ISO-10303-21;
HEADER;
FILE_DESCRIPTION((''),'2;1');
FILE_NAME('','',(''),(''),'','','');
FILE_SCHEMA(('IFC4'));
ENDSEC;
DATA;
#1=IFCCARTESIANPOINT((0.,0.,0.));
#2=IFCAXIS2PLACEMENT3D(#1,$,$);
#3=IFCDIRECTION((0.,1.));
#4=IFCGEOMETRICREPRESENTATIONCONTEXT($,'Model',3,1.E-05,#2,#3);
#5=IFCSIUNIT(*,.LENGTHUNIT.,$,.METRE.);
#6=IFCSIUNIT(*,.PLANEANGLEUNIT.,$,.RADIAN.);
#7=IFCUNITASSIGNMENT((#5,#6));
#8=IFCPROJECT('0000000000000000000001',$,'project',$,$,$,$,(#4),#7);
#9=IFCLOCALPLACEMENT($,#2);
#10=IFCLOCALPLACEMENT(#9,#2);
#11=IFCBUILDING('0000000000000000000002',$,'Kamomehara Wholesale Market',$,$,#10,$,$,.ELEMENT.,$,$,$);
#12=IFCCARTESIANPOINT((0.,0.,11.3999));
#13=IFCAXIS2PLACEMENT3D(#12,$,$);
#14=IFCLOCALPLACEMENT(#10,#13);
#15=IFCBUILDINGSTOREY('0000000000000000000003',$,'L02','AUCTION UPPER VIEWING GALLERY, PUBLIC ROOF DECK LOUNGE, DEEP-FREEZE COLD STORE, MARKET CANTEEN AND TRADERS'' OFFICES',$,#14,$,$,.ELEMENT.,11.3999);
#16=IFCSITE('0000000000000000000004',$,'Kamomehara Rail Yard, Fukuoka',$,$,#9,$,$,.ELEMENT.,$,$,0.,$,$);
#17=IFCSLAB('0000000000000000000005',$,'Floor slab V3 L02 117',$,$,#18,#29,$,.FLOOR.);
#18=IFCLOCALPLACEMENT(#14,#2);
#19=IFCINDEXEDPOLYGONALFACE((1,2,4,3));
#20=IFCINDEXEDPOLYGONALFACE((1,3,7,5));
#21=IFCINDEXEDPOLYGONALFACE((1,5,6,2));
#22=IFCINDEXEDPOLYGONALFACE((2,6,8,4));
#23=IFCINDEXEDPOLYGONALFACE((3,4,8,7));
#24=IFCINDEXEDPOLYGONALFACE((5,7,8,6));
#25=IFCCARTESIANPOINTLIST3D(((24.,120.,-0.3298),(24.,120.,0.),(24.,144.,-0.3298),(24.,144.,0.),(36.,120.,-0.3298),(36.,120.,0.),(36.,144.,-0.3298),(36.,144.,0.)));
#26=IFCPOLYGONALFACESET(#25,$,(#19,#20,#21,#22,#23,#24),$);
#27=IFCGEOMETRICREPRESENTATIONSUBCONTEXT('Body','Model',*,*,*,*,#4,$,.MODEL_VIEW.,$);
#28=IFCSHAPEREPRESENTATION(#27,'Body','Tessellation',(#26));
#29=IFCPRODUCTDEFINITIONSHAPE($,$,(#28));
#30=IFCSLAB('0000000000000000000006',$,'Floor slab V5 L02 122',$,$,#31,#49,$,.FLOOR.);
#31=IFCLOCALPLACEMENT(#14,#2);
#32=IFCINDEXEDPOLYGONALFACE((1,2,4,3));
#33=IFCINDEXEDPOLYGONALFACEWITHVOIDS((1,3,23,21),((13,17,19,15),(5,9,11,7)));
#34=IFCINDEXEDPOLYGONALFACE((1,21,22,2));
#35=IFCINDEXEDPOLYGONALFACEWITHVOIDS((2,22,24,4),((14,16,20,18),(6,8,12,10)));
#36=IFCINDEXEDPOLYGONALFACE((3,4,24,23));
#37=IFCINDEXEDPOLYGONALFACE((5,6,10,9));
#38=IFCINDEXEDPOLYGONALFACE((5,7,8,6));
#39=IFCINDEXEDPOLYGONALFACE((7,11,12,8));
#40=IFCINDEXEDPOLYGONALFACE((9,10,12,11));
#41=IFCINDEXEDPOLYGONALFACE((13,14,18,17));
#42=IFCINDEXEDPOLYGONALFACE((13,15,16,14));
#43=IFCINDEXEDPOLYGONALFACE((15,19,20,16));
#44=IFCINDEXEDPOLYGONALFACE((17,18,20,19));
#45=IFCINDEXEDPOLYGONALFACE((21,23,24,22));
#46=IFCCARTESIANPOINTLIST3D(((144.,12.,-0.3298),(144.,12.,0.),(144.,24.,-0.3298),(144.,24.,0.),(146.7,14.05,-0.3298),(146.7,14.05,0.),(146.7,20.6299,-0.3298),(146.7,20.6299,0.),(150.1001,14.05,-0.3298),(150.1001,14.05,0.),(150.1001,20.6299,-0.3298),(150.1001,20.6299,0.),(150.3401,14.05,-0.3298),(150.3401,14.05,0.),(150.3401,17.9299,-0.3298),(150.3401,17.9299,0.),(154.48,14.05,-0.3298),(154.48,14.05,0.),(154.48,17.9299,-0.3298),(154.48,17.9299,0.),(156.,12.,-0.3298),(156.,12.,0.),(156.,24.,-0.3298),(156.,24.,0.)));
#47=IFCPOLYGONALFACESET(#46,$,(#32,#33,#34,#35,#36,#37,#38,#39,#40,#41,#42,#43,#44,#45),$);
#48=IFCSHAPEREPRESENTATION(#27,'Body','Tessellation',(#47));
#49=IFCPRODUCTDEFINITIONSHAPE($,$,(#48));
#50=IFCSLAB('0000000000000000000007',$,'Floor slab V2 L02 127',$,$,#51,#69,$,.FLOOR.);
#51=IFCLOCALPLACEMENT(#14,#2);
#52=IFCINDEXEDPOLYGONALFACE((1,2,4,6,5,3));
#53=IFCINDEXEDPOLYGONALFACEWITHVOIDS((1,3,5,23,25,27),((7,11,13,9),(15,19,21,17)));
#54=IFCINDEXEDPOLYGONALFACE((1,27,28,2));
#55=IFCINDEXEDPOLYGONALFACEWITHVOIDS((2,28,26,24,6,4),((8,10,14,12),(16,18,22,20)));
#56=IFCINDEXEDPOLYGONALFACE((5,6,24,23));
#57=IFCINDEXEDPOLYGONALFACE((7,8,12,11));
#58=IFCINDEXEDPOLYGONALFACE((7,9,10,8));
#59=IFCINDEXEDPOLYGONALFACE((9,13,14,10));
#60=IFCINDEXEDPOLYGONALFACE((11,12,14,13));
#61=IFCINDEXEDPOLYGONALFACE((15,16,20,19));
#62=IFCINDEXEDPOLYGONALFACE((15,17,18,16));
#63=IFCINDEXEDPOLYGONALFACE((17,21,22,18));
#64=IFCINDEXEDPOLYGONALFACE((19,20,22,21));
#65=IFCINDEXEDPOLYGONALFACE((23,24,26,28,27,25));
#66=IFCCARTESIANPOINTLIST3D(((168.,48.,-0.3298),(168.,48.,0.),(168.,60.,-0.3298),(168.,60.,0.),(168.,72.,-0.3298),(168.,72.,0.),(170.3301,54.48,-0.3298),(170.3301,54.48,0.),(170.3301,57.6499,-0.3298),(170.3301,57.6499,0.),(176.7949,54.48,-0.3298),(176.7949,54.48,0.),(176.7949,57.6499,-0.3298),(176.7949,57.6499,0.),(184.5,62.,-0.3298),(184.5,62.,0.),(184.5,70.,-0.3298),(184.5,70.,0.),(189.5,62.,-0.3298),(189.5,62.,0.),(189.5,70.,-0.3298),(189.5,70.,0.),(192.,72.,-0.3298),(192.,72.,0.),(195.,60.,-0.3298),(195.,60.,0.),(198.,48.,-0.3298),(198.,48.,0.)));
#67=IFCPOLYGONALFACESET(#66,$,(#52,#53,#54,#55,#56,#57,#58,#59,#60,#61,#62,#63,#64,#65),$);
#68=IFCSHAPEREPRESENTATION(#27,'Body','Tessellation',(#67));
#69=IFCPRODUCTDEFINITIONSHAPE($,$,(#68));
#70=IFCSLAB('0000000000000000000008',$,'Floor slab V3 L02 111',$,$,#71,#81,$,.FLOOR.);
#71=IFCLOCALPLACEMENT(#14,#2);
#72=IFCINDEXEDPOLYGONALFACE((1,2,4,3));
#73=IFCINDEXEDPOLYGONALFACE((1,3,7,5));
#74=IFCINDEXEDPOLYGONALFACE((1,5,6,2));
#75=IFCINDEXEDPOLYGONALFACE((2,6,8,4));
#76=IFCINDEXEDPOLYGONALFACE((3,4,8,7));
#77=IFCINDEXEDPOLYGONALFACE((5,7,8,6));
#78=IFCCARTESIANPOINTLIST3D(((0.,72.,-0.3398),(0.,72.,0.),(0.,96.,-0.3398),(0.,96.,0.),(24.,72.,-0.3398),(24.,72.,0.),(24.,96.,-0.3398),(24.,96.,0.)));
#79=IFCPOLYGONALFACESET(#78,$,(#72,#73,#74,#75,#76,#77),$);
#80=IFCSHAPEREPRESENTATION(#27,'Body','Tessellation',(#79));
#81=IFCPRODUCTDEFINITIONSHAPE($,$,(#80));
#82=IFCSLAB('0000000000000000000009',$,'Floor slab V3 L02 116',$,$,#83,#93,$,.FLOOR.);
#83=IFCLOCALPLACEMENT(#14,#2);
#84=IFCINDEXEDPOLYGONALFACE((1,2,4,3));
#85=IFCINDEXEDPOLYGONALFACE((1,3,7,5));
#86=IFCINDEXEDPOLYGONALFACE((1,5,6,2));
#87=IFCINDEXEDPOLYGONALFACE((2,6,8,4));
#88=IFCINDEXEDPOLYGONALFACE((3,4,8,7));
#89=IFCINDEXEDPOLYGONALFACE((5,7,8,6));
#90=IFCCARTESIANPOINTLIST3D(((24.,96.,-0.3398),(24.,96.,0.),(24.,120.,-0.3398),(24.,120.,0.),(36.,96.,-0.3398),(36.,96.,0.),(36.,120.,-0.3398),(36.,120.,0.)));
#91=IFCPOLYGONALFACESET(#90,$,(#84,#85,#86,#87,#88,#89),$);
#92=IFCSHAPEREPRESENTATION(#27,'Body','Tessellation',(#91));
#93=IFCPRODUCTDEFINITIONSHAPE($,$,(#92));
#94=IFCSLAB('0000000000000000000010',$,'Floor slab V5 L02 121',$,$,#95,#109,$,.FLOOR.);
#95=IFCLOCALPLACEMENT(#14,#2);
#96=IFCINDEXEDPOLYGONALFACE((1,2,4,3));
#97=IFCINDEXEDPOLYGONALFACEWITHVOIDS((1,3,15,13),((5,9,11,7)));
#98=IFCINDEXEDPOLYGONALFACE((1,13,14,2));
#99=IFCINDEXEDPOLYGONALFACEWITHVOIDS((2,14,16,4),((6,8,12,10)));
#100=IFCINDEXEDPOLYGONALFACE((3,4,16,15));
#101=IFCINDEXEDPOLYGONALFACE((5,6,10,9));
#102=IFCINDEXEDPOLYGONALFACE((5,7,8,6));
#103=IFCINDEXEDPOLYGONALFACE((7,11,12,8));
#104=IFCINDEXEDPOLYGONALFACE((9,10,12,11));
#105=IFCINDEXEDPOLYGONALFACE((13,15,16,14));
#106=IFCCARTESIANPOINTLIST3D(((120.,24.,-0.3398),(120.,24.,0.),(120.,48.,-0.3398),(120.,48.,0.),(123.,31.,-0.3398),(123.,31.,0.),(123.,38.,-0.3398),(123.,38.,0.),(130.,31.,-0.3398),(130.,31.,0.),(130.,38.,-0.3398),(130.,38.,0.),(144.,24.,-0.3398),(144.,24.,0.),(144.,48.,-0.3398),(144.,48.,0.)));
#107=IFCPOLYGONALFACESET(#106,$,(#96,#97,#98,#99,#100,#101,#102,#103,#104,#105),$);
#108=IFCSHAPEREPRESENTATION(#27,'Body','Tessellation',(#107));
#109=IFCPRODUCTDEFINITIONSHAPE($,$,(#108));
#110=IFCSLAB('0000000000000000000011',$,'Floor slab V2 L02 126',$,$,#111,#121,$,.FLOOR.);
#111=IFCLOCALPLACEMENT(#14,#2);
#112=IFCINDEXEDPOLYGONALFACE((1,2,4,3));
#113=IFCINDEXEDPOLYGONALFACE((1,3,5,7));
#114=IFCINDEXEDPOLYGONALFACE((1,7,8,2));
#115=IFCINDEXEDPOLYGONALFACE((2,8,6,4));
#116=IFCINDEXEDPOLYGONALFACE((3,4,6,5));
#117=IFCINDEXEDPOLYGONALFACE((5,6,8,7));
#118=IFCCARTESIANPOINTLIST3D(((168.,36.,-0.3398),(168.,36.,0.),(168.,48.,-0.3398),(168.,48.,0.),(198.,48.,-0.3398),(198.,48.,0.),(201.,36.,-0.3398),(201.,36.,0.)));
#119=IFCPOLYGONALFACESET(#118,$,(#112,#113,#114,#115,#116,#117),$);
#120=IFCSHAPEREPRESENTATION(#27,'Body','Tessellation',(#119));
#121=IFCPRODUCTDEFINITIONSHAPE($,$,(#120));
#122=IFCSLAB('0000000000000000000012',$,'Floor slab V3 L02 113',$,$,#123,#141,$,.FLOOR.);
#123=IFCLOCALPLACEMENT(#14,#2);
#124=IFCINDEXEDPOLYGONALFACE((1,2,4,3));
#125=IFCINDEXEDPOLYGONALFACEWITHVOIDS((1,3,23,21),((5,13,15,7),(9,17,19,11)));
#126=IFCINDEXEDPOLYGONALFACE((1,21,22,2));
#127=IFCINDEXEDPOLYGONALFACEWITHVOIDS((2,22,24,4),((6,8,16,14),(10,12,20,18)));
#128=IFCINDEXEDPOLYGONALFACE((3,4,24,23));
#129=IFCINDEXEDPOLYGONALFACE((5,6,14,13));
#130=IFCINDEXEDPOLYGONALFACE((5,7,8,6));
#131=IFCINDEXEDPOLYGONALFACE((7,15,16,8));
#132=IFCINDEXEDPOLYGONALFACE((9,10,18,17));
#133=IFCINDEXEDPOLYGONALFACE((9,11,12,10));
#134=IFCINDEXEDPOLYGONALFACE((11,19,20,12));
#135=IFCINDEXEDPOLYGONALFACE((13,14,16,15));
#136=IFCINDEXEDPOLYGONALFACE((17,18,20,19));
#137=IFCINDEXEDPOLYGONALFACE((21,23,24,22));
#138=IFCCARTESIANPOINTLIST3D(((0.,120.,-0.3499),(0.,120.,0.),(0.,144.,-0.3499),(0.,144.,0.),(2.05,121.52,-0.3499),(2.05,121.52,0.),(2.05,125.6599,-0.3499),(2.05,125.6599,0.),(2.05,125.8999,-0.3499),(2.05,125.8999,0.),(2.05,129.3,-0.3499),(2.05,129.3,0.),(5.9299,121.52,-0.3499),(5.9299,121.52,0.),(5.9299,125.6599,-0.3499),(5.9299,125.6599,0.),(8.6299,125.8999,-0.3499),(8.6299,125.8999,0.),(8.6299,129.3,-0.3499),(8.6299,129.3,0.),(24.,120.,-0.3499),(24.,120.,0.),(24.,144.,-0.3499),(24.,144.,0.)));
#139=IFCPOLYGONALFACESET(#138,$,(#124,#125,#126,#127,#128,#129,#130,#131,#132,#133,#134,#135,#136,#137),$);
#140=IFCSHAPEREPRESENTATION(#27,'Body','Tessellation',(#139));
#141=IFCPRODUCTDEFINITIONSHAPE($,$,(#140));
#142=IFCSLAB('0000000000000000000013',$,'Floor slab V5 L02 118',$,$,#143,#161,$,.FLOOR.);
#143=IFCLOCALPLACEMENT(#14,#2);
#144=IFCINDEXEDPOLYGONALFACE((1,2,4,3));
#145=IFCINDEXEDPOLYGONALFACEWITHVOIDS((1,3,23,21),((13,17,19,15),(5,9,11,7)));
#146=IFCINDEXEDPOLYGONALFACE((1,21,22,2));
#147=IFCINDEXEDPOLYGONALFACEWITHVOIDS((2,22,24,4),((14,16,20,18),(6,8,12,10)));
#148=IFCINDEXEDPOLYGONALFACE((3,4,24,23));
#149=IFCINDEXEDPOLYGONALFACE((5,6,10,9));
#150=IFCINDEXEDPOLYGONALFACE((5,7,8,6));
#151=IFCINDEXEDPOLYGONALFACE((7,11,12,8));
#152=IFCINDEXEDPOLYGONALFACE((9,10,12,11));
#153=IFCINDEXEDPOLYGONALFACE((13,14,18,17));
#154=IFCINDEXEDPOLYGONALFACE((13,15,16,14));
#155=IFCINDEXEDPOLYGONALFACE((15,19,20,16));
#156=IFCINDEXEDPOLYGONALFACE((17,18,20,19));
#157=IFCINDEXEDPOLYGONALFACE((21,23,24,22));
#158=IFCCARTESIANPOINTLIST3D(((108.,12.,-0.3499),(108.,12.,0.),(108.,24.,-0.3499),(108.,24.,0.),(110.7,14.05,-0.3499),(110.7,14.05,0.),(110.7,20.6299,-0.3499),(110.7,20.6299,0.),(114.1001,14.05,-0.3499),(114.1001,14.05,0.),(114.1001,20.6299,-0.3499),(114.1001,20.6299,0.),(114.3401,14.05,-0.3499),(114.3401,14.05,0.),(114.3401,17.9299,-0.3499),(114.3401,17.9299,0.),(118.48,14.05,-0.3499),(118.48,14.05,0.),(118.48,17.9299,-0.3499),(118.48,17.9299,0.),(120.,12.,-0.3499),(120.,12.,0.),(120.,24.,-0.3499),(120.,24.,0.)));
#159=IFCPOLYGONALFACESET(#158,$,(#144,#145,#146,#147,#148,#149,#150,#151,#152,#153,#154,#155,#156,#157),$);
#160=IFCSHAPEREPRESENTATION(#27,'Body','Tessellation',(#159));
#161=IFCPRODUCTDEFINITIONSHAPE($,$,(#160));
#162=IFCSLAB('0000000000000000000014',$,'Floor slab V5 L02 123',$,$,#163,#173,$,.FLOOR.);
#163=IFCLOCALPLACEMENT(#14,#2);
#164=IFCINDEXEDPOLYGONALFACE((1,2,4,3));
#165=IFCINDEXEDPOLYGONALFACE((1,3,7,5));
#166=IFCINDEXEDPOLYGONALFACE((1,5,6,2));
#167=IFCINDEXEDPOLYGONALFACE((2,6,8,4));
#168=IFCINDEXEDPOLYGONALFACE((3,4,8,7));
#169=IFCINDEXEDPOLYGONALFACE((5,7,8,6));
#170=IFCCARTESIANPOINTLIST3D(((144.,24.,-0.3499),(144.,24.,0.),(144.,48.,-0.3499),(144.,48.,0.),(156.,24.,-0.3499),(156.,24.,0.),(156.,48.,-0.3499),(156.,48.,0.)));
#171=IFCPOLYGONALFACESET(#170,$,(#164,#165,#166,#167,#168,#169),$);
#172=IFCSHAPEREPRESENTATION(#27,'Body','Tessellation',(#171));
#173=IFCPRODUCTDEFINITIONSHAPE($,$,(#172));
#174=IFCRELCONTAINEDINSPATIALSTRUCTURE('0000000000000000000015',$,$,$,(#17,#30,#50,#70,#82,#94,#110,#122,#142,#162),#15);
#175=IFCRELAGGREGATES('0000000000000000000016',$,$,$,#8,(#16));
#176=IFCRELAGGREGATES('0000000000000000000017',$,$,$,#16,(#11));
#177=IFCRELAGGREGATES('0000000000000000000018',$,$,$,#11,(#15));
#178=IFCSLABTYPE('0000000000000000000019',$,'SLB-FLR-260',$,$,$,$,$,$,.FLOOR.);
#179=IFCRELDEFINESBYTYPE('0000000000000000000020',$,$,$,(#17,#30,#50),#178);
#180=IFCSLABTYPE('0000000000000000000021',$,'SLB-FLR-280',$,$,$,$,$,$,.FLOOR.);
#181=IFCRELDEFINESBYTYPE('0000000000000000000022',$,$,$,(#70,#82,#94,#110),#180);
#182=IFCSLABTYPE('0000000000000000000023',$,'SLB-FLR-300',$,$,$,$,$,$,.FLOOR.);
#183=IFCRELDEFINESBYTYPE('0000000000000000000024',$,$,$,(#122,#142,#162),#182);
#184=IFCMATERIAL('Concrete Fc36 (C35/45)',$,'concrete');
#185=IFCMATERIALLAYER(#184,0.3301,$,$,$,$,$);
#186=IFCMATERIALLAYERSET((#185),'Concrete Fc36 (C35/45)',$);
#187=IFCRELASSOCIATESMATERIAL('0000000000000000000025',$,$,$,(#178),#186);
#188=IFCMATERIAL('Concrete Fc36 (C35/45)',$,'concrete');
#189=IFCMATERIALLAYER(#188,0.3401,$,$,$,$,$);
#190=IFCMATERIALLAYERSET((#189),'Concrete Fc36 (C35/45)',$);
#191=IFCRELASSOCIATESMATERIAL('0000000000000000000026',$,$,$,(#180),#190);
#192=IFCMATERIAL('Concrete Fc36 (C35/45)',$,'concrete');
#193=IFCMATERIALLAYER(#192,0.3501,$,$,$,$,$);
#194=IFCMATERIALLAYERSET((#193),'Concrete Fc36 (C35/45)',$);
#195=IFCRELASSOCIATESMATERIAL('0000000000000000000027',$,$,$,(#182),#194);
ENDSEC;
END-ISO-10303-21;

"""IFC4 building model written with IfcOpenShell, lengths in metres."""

from ifc_helpers import new_model, si_unit, direction, frame, origin, place, context, subcontext, project, spatial, polyline, outline, extrude, material, layer, layer_set, type_object, element, save


model = new_model("IFC4")

# Units and contexts
model_context = context("Model", 3, precision=1e-05, world=origin(), true_north=direction((0.0, 1.0)))
body_context = subcontext(model_context, "Body", "Model", "MODEL_VIEW")
ifc_project = project(units=[si_unit("LENGTHUNIT", "METRE"), si_unit("PLANEANGLEUNIT", "RADIAN")], contexts=[model_context])

# Site, building, storey
site_placement = place(None, origin())
site = spatial("IfcSite", under=ifc_project, at=site_placement, Name="Kamomehara Rail Yard, Fukuoka", CompositionType="ELEMENT", RefElevation=0.0)
building_placement = place(site_placement, origin())
building = spatial("IfcBuilding", under=site, at=building_placement, Name="Kamomehara Wholesale Market", CompositionType="ELEMENT")
storey_placement = place(building_placement, frame((0.0, 0.0, 11.3999)))
storey = spatial("IfcBuildingStorey", under=building, at=storey_placement, Name="L02", Description="AUCTION UPPER VIEWING GALLERY, PUBLIC ROOF DECK LOUNGE, DEEP-FREEZE COLD STORE, MARKET CANTEEN AND TRADERS' OFFICES", CompositionType="ELEMENT", Elevation=11.3999)

# Slabs
ifc_material_1 = material(Name="Concrete Fc36 (C35/45)", Category="concrete")
ifc_layer_1 = layer(ifc_material_1, 0.3301)
ifc_layer_set_1 = layer_set([ifc_layer_1], Name="Concrete Fc36 (C35/45)")
slab_type_1 = type_object("IfcSlabType", Name="SLB-FLR-260", PredefinedType="FLOOR", material=ifc_layer_set_1)
slab_1_placement = place(storey_placement, frame((0.0, 0.0, -0.3298)))
element("IfcSlab", 1, at=slab_1_placement, inside=storey, type_object=slab_type_1, Name="Floor slab V3 L02 117", PredefinedType="FLOOR", context=body_context, shape_type="SweptSolid", body=[
    extrude(outline(polyline([(36.0, 120.0), (24.0, 120.0), (24.0, 144.0), (36.0, 144.0), (36.0, 120.0)])), origin(), (0.0, 0.0, 1.0), 0.3298),
])
slab_2_placement = place(storey_placement, frame((0.0, 0.0, -0.3298)))
element("IfcSlab", 2, at=slab_2_placement, inside=storey, type_object=slab_type_1, Name="Floor slab V5 L02 122", PredefinedType="FLOOR", context=body_context, shape_type="SweptSolid", body=[
    extrude(outline(polyline([(156.0, 12.0), (144.0, 12.0), (144.0, 24.0), (156.0, 24.0), (156.0, 12.0)]), holes=[polyline([(150.1001, 14.05), (150.1001, 20.6299), (146.7, 20.6299), (146.7, 14.05), (150.1001, 14.05)]), polyline([(154.48, 14.05), (154.48, 17.9299), (150.3401, 17.9299), (150.3401, 14.05), (154.48, 14.05)])]), origin(), (0.0, 0.0, 1.0), 0.3298),
])
slab_3_placement = place(storey_placement, frame((0.0, 0.0, -0.3298)))
element("IfcSlab", 3, at=slab_3_placement, inside=storey, type_object=slab_type_1, Name="Floor slab V2 L02 127", PredefinedType="FLOOR", context=body_context, shape_type="SweptSolid", body=[
    extrude(outline(polyline([(168.0, 72.0), (192.0, 72.0), (195.0, 60.0), (198.0, 48.0), (168.0, 48.0), (168.0, 60.0), (168.0, 72.0)]), holes=[polyline([(176.7949, 54.48), (176.7949, 57.6499), (170.3301, 57.6499), (170.3301, 54.48), (176.7949, 54.48)]), polyline([(189.5, 62.0), (189.5, 70.0), (184.5, 70.0), (184.5, 62.0), (189.5, 62.0)])]), origin(), (0.0, 0.0, 1.0), 0.3298),
])
ifc_material_2 = material(Name="Concrete Fc36 (C35/45)", Category="concrete")
ifc_layer_2 = layer(ifc_material_2, 0.3401)
ifc_layer_set_2 = layer_set([ifc_layer_2], Name="Concrete Fc36 (C35/45)")
slab_type_2 = type_object("IfcSlabType", Name="SLB-FLR-280", PredefinedType="FLOOR", material=ifc_layer_set_2)
slab_4_placement = place(storey_placement, frame((0.0, 0.0, -0.3398)))
element("IfcSlab", 4, at=slab_4_placement, inside=storey, type_object=slab_type_2, Name="Floor slab V3 L02 111", PredefinedType="FLOOR", context=body_context, shape_type="SweptSolid", body=[
    extrude(outline(polyline([(24.0, 96.0), (24.0, 72.0), (0.0, 72.0), (0.0, 96.0), (24.0, 96.0)])), origin(), (0.0, 0.0, 1.0), 0.3398),
])
slab_5_placement = place(storey_placement, frame((0.0, 0.0, -0.3398)))
element("IfcSlab", 5, at=slab_5_placement, inside=storey, type_object=slab_type_2, Name="Floor slab V3 L02 116", PredefinedType="FLOOR", context=body_context, shape_type="SweptSolid", body=[
    extrude(outline(polyline([(36.0, 96.0), (24.0, 96.0), (24.0, 120.0), (36.0, 120.0), (36.0, 96.0)])), origin(), (0.0, 0.0, 1.0), 0.3398),
])
slab_6_placement = place(storey_placement, frame((0.0, 0.0, -0.3398)))
element("IfcSlab", 6, at=slab_6_placement, inside=storey, type_object=slab_type_2, Name="Floor slab V5 L02 121", PredefinedType="FLOOR", context=body_context, shape_type="SweptSolid", body=[
    extrude(outline(polyline([(144.0, 24.0), (120.0, 24.0), (120.0, 48.0), (144.0, 48.0), (144.0, 24.0)]), holes=[polyline([(130.0, 31.0), (130.0, 38.0), (123.0, 38.0), (123.0, 31.0), (130.0, 31.0)])]), origin(), (0.0, 0.0, 1.0), 0.3398),
])
slab_7_placement = place(storey_placement, frame((0.0, 0.0, -0.3398)))
element("IfcSlab", 7, at=slab_7_placement, inside=storey, type_object=slab_type_2, Name="Floor slab V2 L02 126", PredefinedType="FLOOR", context=body_context, shape_type="SweptSolid", body=[
    extrude(outline(polyline([(198.0, 48.0), (201.0, 36.0), (168.0, 36.0), (168.0, 48.0), (198.0, 48.0)])), origin(), (0.0, 0.0, 1.0), 0.3398),
])
ifc_material_3 = material(Name="Concrete Fc36 (C35/45)", Category="concrete")
ifc_layer_3 = layer(ifc_material_3, 0.3501)
ifc_layer_set_3 = layer_set([ifc_layer_3], Name="Concrete Fc36 (C35/45)")
slab_type_3 = type_object("IfcSlabType", Name="SLB-FLR-300", PredefinedType="FLOOR", material=ifc_layer_set_3)
slab_8_placement = place(storey_placement, frame((0.0, 0.0, -0.3499)))
element("IfcSlab", 8, at=slab_8_placement, inside=storey, type_object=slab_type_3, Name="Floor slab V3 L02 113", PredefinedType="FLOOR", context=body_context, shape_type="SweptSolid", body=[
    extrude(outline(polyline([(24.0, 120.0), (0.0, 120.0), (0.0, 144.0), (24.0, 144.0), (24.0, 120.0)]), holes=[polyline([(8.6299, 125.8999), (8.6299, 129.3), (2.05, 129.3), (2.05, 125.8999), (8.6299, 125.8999)]), polyline([(5.9299, 121.52), (5.9299, 125.6599), (2.05, 125.6599), (2.05, 121.52), (5.9299, 121.52)])]), origin(), (0.0, 0.0, 1.0), 0.3499),
])
slab_9_placement = place(storey_placement, frame((0.0, 0.0, -0.3499)))
element("IfcSlab", 9, at=slab_9_placement, inside=storey, type_object=slab_type_3, Name="Floor slab V5 L02 118", PredefinedType="FLOOR", context=body_context, shape_type="SweptSolid", body=[
    extrude(outline(polyline([(120.0, 24.0), (120.0, 12.0), (108.0, 12.0), (108.0, 24.0), (120.0, 24.0)]), holes=[polyline([(114.1001, 14.05), (114.1001, 20.6299), (110.7, 20.6299), (110.7, 14.05), (114.1001, 14.05)]), polyline([(118.48, 14.05), (118.48, 17.9299), (114.3401, 17.9299), (114.3401, 14.05), (118.48, 14.05)])]), origin(), (0.0, 0.0, 1.0), 0.3499),
])
slab_10_placement = place(storey_placement, frame((0.0, 0.0, -0.3499)))
element("IfcSlab", 10, at=slab_10_placement, inside=storey, type_object=slab_type_3, Name="Floor slab V5 L02 123", PredefinedType="FLOOR", context=body_context, shape_type="SweptSolid", body=[
    extrude(outline(polyline([(156.0, 24.0), (144.0, 24.0), (144.0, 48.0), (156.0, 48.0), (156.0, 24.0)])), origin(), (0.0, 0.0, 1.0), 0.3499),
])

save(model, "model.ifc")
